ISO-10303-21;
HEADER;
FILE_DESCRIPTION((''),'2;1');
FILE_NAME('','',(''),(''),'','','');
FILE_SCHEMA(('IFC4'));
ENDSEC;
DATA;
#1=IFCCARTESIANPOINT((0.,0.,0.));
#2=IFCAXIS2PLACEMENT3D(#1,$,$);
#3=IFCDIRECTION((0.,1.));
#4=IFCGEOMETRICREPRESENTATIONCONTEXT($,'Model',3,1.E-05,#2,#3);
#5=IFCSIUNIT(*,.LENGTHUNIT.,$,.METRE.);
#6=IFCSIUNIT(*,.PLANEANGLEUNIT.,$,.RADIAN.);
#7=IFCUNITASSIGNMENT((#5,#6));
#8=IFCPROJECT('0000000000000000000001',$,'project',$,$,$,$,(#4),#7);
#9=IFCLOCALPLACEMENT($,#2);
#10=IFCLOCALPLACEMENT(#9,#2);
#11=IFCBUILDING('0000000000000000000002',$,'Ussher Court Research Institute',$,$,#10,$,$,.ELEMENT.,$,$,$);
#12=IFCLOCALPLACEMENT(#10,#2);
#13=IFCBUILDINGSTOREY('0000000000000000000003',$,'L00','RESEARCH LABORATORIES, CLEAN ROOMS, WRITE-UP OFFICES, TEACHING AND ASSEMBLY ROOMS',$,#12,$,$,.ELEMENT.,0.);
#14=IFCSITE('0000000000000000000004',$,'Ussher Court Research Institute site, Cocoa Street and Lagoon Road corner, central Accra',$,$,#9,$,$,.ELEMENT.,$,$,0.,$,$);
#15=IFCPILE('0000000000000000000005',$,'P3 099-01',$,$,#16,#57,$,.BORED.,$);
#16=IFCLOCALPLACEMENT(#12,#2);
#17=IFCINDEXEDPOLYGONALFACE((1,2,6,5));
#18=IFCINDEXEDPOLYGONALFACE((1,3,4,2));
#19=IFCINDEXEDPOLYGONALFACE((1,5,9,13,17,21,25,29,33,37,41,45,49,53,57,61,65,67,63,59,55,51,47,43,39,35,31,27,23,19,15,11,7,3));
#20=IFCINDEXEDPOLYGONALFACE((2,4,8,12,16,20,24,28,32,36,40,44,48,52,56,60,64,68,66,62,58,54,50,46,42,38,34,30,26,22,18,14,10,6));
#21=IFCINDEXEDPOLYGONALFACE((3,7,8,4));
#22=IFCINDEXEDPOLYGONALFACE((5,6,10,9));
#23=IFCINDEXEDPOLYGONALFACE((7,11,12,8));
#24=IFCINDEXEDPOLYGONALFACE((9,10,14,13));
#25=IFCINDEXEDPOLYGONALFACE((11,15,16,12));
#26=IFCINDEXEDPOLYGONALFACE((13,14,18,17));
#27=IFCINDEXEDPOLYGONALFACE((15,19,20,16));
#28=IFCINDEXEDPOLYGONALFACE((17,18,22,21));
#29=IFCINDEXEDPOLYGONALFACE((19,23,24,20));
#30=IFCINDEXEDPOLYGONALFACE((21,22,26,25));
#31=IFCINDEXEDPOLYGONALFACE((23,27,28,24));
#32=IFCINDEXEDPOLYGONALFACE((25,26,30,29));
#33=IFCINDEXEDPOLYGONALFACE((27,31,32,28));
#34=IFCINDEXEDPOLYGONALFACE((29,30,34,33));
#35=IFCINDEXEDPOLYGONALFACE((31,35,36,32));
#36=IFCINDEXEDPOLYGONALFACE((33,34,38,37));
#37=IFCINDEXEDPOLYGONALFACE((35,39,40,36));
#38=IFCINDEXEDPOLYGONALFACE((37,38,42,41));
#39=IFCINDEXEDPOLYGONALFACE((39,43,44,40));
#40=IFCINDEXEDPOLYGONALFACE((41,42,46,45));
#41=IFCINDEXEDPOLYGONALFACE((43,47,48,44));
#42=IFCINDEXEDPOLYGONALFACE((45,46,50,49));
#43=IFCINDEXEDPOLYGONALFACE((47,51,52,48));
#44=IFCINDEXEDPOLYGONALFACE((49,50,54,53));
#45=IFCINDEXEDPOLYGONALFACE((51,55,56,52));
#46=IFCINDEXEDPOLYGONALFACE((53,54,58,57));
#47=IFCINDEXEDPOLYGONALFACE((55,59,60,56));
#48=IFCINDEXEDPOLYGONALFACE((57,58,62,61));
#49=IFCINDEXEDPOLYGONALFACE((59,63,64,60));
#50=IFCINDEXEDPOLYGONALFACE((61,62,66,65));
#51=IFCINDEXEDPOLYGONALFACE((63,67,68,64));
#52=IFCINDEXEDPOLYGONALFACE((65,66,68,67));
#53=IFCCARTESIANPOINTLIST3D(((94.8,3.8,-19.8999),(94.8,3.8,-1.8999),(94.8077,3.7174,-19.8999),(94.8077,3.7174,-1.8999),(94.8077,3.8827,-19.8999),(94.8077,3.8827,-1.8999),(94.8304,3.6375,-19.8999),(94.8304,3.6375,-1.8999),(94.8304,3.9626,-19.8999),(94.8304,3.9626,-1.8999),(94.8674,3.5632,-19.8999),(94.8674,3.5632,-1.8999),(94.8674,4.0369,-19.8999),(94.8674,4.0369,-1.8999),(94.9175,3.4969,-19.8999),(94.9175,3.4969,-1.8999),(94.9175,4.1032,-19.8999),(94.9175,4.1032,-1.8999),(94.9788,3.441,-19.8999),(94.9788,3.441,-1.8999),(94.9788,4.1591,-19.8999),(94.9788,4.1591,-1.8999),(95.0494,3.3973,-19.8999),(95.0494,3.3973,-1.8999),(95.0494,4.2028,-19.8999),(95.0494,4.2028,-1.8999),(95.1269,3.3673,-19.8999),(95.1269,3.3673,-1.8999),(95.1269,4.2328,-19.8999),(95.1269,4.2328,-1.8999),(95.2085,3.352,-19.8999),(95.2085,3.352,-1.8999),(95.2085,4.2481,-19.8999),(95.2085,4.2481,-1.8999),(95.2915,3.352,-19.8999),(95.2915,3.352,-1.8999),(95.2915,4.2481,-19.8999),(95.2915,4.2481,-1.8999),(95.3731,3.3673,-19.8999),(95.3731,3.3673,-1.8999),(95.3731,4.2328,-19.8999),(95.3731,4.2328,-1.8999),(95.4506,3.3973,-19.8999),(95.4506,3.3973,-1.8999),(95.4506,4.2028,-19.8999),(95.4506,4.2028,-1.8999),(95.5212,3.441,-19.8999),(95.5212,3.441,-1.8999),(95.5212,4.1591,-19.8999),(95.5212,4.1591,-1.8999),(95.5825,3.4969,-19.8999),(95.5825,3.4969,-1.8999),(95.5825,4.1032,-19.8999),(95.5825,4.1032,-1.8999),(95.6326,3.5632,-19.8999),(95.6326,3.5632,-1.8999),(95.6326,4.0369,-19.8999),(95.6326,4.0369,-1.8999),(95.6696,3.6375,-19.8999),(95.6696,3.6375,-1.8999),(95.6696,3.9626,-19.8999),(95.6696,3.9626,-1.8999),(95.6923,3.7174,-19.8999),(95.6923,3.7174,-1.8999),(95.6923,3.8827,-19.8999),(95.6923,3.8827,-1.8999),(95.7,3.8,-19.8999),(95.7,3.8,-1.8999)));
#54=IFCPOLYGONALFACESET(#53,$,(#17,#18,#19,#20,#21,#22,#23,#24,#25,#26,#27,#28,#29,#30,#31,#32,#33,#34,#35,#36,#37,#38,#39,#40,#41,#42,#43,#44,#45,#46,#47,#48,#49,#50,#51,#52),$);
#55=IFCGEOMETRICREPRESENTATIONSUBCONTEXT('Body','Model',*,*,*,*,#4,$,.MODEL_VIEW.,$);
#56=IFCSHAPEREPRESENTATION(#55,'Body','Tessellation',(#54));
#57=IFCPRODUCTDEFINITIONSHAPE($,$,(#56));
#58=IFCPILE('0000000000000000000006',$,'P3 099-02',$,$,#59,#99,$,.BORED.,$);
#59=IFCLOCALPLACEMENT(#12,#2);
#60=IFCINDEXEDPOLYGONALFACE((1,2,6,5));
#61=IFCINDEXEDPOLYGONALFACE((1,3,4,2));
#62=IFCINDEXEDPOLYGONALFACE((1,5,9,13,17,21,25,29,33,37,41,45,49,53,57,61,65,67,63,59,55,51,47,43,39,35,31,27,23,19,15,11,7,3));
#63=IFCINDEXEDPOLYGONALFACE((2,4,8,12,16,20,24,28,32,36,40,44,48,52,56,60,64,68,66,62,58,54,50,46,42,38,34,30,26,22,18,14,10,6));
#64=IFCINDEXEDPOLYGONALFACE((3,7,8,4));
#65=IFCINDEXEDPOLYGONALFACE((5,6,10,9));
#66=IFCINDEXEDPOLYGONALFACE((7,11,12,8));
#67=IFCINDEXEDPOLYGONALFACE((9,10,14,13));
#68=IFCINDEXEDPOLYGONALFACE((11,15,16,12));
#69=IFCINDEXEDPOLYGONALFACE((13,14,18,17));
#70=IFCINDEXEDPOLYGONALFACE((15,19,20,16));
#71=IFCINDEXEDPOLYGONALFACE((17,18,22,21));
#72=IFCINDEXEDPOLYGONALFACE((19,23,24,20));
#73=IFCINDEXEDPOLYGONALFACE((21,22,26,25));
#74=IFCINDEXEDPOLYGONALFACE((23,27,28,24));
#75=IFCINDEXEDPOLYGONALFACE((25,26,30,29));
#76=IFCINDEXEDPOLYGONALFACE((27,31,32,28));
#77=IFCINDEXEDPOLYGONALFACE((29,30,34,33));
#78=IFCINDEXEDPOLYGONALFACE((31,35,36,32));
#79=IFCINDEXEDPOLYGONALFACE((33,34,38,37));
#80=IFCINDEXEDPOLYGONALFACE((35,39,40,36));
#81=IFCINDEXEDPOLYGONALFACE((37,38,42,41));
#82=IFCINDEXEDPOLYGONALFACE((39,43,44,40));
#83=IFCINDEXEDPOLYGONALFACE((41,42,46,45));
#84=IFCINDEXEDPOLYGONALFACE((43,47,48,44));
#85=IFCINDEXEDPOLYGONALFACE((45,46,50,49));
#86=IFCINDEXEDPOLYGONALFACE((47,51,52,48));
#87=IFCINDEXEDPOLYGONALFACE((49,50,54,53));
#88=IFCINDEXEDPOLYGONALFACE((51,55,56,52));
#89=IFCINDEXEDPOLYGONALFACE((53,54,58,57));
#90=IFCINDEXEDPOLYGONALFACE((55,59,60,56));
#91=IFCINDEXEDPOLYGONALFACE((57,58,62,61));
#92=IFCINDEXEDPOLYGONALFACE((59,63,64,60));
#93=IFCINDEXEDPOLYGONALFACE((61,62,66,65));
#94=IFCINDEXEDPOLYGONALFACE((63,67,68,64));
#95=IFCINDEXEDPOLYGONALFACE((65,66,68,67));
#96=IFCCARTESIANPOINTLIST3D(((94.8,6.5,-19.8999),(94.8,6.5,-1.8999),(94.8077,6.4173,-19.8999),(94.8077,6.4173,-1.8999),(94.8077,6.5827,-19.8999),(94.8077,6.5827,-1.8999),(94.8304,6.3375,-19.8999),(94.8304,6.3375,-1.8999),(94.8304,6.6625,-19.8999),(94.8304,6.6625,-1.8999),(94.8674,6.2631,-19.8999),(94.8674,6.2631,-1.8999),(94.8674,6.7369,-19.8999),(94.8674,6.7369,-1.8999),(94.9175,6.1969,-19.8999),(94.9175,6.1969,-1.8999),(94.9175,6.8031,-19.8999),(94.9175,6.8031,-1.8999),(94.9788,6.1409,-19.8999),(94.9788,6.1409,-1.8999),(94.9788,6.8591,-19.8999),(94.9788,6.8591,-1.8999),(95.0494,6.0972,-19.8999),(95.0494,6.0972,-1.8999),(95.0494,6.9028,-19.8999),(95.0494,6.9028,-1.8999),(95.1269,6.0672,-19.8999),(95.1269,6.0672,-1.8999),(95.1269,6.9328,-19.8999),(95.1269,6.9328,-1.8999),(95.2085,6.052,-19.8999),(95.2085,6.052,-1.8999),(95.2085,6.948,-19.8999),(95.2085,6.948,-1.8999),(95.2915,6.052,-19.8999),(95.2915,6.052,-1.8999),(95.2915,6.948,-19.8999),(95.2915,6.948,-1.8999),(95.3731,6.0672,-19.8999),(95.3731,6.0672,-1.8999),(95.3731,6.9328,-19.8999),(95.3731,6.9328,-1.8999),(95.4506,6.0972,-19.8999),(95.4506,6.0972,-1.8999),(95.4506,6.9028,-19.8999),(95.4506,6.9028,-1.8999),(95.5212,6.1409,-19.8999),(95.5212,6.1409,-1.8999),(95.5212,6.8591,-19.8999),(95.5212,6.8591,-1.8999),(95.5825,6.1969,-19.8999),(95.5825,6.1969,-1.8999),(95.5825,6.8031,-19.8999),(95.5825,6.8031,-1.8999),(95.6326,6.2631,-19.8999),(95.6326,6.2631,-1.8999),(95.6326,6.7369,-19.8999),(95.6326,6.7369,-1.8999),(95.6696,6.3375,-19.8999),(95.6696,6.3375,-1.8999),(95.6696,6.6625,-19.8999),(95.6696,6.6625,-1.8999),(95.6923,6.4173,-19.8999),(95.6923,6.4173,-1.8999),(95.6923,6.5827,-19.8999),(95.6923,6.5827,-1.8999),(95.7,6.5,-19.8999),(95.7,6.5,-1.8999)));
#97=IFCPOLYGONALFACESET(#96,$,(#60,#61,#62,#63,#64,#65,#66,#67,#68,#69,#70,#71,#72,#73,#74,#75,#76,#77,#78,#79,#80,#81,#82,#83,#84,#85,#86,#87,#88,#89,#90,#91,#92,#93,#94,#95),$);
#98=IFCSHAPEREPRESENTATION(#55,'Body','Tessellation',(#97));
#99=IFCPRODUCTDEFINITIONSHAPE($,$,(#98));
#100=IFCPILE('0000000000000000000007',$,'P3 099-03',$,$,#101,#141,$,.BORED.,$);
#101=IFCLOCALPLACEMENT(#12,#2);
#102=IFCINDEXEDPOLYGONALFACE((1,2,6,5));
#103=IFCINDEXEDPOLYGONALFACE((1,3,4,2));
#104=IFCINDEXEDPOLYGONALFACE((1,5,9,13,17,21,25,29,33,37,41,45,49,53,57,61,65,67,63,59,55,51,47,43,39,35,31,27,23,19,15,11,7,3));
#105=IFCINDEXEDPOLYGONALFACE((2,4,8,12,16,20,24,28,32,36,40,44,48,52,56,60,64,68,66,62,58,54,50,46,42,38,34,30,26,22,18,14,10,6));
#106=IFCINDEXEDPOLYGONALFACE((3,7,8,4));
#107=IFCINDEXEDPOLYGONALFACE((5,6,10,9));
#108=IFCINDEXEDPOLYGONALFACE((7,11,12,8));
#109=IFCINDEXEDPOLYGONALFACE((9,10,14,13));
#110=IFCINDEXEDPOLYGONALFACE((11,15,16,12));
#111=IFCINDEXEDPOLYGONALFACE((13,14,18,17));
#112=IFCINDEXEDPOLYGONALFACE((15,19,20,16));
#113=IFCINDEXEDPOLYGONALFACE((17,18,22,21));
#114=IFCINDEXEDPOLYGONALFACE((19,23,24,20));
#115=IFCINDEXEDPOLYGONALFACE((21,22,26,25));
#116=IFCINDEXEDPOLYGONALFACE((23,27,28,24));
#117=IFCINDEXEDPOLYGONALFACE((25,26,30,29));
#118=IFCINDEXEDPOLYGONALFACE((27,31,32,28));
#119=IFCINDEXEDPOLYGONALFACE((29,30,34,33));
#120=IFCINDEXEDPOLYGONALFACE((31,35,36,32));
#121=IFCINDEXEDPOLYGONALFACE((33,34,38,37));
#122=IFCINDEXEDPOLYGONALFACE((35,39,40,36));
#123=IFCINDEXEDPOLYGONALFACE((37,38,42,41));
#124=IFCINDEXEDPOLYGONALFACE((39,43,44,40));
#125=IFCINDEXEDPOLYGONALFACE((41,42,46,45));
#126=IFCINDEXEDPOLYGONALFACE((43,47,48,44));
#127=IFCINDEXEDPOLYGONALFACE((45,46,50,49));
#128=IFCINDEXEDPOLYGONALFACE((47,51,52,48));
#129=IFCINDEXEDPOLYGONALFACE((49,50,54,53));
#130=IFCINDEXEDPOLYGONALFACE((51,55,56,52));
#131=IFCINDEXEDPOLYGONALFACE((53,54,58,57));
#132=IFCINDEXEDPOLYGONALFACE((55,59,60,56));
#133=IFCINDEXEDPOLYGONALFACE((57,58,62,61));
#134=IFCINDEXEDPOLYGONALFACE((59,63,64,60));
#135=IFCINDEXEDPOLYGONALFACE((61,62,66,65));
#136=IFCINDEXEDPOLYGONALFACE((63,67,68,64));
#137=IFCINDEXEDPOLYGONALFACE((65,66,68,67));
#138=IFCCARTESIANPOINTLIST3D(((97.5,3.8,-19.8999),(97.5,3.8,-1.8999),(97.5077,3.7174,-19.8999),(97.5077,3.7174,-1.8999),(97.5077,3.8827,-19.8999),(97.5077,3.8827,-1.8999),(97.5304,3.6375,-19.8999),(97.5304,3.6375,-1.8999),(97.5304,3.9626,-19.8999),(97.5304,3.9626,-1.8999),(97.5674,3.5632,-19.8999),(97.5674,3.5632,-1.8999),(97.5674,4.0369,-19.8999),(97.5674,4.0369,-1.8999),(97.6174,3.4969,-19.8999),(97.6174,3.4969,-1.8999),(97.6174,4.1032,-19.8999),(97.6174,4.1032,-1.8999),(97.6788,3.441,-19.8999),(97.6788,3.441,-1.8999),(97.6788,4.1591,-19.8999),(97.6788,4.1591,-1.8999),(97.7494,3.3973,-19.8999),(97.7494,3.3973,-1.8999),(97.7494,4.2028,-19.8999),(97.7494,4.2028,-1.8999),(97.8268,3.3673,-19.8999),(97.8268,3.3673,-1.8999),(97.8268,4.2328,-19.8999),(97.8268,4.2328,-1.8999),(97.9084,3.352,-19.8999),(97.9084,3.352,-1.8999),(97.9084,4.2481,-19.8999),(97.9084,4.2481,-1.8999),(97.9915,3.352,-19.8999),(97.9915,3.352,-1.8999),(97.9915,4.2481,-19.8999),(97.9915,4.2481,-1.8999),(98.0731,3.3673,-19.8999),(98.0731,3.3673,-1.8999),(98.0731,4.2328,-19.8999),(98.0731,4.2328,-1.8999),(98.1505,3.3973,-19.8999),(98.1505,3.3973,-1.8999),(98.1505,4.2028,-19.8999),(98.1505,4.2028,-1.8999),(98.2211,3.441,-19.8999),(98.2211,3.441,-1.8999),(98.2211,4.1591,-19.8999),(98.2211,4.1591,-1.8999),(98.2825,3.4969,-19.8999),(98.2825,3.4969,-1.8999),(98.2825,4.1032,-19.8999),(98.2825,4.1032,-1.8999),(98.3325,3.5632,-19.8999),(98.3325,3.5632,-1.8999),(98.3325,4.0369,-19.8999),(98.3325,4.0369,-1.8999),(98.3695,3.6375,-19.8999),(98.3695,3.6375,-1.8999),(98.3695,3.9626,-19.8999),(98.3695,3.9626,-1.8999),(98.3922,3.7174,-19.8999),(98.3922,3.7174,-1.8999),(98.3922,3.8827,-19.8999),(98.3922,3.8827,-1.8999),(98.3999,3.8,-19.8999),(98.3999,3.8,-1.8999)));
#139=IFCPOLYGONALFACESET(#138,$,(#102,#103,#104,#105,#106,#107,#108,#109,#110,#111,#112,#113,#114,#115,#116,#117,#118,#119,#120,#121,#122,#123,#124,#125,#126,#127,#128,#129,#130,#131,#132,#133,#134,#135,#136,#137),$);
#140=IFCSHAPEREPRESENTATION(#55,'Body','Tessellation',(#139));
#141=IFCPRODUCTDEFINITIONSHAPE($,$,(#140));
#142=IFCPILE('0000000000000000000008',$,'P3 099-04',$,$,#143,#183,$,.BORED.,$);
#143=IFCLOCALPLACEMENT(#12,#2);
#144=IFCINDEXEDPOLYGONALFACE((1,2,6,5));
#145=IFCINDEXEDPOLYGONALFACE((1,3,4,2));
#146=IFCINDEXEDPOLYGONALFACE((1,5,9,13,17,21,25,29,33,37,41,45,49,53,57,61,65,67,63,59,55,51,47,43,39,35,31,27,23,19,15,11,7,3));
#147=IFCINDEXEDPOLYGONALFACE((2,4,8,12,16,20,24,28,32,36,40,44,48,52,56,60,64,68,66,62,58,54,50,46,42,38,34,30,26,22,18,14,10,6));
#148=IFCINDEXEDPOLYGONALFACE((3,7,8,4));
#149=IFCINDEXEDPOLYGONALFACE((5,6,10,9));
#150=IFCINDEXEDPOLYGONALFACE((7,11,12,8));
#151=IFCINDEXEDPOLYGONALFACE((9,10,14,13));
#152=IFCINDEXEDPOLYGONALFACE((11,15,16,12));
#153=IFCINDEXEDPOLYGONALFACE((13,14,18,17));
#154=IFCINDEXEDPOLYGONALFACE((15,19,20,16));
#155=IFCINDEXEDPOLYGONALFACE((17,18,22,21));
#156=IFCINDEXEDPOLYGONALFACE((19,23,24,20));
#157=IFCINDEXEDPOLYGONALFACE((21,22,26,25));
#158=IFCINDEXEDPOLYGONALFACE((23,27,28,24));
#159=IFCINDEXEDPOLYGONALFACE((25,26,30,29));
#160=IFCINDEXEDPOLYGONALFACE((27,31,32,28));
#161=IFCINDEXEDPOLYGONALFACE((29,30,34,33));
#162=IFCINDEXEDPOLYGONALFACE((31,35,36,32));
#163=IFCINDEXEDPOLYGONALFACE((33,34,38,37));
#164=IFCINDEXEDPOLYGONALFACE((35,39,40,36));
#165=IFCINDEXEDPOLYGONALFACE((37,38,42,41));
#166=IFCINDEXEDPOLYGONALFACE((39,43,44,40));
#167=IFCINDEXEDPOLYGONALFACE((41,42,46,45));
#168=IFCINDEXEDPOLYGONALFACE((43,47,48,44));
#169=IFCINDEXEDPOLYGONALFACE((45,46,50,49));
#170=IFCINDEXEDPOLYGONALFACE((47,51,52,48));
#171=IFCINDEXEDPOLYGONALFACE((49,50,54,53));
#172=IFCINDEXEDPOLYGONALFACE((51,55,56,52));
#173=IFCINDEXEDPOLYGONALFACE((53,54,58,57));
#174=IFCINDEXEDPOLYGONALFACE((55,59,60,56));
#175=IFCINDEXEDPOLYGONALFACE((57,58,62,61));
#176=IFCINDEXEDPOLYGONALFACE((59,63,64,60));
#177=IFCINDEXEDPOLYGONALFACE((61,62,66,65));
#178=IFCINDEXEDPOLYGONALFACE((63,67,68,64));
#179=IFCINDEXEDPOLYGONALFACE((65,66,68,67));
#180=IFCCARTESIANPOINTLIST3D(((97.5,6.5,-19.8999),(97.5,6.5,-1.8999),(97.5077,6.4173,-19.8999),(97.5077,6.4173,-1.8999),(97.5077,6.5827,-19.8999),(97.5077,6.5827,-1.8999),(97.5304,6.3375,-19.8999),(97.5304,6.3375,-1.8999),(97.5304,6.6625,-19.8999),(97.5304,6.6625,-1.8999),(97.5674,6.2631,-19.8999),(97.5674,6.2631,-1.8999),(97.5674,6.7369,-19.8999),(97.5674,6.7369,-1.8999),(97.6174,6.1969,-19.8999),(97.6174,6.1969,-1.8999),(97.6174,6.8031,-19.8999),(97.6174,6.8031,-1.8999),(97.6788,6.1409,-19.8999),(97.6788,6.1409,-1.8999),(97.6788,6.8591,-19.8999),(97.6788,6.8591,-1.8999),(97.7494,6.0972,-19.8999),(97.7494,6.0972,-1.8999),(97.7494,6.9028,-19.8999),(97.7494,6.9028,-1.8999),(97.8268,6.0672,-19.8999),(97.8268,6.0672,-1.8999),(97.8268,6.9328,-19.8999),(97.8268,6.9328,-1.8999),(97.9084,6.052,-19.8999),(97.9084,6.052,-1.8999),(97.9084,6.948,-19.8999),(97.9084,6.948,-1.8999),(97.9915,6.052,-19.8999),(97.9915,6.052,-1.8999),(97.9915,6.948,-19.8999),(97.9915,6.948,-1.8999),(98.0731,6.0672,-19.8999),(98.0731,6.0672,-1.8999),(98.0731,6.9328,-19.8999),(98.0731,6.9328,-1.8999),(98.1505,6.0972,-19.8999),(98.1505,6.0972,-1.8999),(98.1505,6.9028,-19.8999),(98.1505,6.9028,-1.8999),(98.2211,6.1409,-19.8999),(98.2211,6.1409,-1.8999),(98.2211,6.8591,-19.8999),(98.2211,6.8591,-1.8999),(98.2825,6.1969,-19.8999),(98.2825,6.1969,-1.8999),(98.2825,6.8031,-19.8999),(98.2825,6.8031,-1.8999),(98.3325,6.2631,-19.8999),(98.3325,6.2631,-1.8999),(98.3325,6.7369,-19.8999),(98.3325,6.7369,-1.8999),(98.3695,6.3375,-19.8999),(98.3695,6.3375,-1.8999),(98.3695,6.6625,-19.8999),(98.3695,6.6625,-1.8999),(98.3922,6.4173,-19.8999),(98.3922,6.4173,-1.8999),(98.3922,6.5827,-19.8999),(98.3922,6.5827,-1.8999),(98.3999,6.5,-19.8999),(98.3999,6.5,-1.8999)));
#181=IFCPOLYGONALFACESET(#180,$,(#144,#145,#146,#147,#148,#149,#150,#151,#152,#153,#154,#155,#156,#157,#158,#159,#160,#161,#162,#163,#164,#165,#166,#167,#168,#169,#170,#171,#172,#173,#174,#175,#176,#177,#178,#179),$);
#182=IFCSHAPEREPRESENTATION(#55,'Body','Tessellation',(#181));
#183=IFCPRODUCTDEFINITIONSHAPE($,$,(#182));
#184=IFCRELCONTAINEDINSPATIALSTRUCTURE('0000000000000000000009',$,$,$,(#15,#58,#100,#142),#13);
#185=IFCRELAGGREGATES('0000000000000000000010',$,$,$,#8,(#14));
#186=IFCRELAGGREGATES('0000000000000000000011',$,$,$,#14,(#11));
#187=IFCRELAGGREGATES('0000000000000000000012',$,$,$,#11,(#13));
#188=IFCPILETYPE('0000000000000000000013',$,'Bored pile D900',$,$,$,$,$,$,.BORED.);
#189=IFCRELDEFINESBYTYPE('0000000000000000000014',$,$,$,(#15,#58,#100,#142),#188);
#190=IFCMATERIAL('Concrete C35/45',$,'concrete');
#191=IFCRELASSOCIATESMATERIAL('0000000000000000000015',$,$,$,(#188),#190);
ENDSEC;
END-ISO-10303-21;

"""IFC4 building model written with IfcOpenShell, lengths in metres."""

from ifc_helpers import new_model, si_unit, direction, frame, origin, origin_2d, place, context, subcontext, project, spatial, circle, extrude, material, material_profile, profile_set, type_object, element, save


model = new_model("IFC4")

# Units and contexts
model_context = context("Model", 3, precision=1e-05, world=origin(), true_north=direction((0.0, 1.0)))
body_context = subcontext(model_context, "Body", "Model", "MODEL_VIEW")
ifc_project = project(units=[si_unit("LENGTHUNIT", "METRE"), si_unit("PLANEANGLEUNIT", "RADIAN")], contexts=[model_context])

# Site, building, storey
site_placement = place(None, origin())
site = spatial("IfcSite", under=ifc_project, at=site_placement, Name="Ussher Court Research Institute site, Cocoa Street and Lagoon Road corner, central Accra", CompositionType="ELEMENT", RefElevation=0.0)
building_placement = place(site_placement, origin())
building = spatial("IfcBuilding", under=site, at=building_placement, Name="Ussher Court Research Institute", CompositionType="ELEMENT")
storey_placement = place(building_placement, origin())
storey = spatial("IfcBuildingStorey", under=building, at=storey_placement, Name="L00", Description="RESEARCH LABORATORIES, CLEAN ROOMS, WRITE-UP OFFICES, TEACHING AND ASSEMBLY ROOMS", CompositionType="ELEMENT", Elevation=0.0)

# Piles
ifc_material_1 = material(Name="Concrete C35/45", Category="concrete")
ifc_material_profile_1 = material_profile(ifc_material_1, circle(Radius=0.45, at=origin_2d()), Name="RC D900")
ifc_profile_set_1 = profile_set([ifc_material_profile_1], Name="Concrete C35/45")
pile_type = type_object("IfcPileType", Name="Bored pile D900", PredefinedType="BORED", material=ifc_profile_set_1)
for number, where, z_axis, x_axis, name in (
    (1, (95.25, 3.8, -1.8999), (0.0, 0.0, -1.0), (1.0, 0.0, 0.0), "P3 099-01"),
    (2, (95.25, 6.5, -1.8999), (0.0, 0.0, -1.0), (1.0, 0.0, 0.0), "P3 099-02"),
    (3, (97.95, 3.8, -1.8999), (0.0, 0.0, -1.0), (1.0, 0.0, 0.0), "P3 099-03"),
    (4, (97.95, 6.5, -1.8999), (0.0, 0.0, -1.0), (1.0, 0.0, 0.0), "P3 099-04"),
):
    element("IfcPile", number, at=place(storey_placement, frame(where, z_axis=z_axis, x_axis=x_axis)), inside=storey, type_object=pile_type, Name=name, PredefinedType="BORED", context=body_context, shape_type="SweptSolid", body=[
        extrude(circle(Radius=0.45, at=origin_2d()), origin(), (0.0, 0.0, 1.0), 18.0),
    ])

save(model, "model.ifc")
